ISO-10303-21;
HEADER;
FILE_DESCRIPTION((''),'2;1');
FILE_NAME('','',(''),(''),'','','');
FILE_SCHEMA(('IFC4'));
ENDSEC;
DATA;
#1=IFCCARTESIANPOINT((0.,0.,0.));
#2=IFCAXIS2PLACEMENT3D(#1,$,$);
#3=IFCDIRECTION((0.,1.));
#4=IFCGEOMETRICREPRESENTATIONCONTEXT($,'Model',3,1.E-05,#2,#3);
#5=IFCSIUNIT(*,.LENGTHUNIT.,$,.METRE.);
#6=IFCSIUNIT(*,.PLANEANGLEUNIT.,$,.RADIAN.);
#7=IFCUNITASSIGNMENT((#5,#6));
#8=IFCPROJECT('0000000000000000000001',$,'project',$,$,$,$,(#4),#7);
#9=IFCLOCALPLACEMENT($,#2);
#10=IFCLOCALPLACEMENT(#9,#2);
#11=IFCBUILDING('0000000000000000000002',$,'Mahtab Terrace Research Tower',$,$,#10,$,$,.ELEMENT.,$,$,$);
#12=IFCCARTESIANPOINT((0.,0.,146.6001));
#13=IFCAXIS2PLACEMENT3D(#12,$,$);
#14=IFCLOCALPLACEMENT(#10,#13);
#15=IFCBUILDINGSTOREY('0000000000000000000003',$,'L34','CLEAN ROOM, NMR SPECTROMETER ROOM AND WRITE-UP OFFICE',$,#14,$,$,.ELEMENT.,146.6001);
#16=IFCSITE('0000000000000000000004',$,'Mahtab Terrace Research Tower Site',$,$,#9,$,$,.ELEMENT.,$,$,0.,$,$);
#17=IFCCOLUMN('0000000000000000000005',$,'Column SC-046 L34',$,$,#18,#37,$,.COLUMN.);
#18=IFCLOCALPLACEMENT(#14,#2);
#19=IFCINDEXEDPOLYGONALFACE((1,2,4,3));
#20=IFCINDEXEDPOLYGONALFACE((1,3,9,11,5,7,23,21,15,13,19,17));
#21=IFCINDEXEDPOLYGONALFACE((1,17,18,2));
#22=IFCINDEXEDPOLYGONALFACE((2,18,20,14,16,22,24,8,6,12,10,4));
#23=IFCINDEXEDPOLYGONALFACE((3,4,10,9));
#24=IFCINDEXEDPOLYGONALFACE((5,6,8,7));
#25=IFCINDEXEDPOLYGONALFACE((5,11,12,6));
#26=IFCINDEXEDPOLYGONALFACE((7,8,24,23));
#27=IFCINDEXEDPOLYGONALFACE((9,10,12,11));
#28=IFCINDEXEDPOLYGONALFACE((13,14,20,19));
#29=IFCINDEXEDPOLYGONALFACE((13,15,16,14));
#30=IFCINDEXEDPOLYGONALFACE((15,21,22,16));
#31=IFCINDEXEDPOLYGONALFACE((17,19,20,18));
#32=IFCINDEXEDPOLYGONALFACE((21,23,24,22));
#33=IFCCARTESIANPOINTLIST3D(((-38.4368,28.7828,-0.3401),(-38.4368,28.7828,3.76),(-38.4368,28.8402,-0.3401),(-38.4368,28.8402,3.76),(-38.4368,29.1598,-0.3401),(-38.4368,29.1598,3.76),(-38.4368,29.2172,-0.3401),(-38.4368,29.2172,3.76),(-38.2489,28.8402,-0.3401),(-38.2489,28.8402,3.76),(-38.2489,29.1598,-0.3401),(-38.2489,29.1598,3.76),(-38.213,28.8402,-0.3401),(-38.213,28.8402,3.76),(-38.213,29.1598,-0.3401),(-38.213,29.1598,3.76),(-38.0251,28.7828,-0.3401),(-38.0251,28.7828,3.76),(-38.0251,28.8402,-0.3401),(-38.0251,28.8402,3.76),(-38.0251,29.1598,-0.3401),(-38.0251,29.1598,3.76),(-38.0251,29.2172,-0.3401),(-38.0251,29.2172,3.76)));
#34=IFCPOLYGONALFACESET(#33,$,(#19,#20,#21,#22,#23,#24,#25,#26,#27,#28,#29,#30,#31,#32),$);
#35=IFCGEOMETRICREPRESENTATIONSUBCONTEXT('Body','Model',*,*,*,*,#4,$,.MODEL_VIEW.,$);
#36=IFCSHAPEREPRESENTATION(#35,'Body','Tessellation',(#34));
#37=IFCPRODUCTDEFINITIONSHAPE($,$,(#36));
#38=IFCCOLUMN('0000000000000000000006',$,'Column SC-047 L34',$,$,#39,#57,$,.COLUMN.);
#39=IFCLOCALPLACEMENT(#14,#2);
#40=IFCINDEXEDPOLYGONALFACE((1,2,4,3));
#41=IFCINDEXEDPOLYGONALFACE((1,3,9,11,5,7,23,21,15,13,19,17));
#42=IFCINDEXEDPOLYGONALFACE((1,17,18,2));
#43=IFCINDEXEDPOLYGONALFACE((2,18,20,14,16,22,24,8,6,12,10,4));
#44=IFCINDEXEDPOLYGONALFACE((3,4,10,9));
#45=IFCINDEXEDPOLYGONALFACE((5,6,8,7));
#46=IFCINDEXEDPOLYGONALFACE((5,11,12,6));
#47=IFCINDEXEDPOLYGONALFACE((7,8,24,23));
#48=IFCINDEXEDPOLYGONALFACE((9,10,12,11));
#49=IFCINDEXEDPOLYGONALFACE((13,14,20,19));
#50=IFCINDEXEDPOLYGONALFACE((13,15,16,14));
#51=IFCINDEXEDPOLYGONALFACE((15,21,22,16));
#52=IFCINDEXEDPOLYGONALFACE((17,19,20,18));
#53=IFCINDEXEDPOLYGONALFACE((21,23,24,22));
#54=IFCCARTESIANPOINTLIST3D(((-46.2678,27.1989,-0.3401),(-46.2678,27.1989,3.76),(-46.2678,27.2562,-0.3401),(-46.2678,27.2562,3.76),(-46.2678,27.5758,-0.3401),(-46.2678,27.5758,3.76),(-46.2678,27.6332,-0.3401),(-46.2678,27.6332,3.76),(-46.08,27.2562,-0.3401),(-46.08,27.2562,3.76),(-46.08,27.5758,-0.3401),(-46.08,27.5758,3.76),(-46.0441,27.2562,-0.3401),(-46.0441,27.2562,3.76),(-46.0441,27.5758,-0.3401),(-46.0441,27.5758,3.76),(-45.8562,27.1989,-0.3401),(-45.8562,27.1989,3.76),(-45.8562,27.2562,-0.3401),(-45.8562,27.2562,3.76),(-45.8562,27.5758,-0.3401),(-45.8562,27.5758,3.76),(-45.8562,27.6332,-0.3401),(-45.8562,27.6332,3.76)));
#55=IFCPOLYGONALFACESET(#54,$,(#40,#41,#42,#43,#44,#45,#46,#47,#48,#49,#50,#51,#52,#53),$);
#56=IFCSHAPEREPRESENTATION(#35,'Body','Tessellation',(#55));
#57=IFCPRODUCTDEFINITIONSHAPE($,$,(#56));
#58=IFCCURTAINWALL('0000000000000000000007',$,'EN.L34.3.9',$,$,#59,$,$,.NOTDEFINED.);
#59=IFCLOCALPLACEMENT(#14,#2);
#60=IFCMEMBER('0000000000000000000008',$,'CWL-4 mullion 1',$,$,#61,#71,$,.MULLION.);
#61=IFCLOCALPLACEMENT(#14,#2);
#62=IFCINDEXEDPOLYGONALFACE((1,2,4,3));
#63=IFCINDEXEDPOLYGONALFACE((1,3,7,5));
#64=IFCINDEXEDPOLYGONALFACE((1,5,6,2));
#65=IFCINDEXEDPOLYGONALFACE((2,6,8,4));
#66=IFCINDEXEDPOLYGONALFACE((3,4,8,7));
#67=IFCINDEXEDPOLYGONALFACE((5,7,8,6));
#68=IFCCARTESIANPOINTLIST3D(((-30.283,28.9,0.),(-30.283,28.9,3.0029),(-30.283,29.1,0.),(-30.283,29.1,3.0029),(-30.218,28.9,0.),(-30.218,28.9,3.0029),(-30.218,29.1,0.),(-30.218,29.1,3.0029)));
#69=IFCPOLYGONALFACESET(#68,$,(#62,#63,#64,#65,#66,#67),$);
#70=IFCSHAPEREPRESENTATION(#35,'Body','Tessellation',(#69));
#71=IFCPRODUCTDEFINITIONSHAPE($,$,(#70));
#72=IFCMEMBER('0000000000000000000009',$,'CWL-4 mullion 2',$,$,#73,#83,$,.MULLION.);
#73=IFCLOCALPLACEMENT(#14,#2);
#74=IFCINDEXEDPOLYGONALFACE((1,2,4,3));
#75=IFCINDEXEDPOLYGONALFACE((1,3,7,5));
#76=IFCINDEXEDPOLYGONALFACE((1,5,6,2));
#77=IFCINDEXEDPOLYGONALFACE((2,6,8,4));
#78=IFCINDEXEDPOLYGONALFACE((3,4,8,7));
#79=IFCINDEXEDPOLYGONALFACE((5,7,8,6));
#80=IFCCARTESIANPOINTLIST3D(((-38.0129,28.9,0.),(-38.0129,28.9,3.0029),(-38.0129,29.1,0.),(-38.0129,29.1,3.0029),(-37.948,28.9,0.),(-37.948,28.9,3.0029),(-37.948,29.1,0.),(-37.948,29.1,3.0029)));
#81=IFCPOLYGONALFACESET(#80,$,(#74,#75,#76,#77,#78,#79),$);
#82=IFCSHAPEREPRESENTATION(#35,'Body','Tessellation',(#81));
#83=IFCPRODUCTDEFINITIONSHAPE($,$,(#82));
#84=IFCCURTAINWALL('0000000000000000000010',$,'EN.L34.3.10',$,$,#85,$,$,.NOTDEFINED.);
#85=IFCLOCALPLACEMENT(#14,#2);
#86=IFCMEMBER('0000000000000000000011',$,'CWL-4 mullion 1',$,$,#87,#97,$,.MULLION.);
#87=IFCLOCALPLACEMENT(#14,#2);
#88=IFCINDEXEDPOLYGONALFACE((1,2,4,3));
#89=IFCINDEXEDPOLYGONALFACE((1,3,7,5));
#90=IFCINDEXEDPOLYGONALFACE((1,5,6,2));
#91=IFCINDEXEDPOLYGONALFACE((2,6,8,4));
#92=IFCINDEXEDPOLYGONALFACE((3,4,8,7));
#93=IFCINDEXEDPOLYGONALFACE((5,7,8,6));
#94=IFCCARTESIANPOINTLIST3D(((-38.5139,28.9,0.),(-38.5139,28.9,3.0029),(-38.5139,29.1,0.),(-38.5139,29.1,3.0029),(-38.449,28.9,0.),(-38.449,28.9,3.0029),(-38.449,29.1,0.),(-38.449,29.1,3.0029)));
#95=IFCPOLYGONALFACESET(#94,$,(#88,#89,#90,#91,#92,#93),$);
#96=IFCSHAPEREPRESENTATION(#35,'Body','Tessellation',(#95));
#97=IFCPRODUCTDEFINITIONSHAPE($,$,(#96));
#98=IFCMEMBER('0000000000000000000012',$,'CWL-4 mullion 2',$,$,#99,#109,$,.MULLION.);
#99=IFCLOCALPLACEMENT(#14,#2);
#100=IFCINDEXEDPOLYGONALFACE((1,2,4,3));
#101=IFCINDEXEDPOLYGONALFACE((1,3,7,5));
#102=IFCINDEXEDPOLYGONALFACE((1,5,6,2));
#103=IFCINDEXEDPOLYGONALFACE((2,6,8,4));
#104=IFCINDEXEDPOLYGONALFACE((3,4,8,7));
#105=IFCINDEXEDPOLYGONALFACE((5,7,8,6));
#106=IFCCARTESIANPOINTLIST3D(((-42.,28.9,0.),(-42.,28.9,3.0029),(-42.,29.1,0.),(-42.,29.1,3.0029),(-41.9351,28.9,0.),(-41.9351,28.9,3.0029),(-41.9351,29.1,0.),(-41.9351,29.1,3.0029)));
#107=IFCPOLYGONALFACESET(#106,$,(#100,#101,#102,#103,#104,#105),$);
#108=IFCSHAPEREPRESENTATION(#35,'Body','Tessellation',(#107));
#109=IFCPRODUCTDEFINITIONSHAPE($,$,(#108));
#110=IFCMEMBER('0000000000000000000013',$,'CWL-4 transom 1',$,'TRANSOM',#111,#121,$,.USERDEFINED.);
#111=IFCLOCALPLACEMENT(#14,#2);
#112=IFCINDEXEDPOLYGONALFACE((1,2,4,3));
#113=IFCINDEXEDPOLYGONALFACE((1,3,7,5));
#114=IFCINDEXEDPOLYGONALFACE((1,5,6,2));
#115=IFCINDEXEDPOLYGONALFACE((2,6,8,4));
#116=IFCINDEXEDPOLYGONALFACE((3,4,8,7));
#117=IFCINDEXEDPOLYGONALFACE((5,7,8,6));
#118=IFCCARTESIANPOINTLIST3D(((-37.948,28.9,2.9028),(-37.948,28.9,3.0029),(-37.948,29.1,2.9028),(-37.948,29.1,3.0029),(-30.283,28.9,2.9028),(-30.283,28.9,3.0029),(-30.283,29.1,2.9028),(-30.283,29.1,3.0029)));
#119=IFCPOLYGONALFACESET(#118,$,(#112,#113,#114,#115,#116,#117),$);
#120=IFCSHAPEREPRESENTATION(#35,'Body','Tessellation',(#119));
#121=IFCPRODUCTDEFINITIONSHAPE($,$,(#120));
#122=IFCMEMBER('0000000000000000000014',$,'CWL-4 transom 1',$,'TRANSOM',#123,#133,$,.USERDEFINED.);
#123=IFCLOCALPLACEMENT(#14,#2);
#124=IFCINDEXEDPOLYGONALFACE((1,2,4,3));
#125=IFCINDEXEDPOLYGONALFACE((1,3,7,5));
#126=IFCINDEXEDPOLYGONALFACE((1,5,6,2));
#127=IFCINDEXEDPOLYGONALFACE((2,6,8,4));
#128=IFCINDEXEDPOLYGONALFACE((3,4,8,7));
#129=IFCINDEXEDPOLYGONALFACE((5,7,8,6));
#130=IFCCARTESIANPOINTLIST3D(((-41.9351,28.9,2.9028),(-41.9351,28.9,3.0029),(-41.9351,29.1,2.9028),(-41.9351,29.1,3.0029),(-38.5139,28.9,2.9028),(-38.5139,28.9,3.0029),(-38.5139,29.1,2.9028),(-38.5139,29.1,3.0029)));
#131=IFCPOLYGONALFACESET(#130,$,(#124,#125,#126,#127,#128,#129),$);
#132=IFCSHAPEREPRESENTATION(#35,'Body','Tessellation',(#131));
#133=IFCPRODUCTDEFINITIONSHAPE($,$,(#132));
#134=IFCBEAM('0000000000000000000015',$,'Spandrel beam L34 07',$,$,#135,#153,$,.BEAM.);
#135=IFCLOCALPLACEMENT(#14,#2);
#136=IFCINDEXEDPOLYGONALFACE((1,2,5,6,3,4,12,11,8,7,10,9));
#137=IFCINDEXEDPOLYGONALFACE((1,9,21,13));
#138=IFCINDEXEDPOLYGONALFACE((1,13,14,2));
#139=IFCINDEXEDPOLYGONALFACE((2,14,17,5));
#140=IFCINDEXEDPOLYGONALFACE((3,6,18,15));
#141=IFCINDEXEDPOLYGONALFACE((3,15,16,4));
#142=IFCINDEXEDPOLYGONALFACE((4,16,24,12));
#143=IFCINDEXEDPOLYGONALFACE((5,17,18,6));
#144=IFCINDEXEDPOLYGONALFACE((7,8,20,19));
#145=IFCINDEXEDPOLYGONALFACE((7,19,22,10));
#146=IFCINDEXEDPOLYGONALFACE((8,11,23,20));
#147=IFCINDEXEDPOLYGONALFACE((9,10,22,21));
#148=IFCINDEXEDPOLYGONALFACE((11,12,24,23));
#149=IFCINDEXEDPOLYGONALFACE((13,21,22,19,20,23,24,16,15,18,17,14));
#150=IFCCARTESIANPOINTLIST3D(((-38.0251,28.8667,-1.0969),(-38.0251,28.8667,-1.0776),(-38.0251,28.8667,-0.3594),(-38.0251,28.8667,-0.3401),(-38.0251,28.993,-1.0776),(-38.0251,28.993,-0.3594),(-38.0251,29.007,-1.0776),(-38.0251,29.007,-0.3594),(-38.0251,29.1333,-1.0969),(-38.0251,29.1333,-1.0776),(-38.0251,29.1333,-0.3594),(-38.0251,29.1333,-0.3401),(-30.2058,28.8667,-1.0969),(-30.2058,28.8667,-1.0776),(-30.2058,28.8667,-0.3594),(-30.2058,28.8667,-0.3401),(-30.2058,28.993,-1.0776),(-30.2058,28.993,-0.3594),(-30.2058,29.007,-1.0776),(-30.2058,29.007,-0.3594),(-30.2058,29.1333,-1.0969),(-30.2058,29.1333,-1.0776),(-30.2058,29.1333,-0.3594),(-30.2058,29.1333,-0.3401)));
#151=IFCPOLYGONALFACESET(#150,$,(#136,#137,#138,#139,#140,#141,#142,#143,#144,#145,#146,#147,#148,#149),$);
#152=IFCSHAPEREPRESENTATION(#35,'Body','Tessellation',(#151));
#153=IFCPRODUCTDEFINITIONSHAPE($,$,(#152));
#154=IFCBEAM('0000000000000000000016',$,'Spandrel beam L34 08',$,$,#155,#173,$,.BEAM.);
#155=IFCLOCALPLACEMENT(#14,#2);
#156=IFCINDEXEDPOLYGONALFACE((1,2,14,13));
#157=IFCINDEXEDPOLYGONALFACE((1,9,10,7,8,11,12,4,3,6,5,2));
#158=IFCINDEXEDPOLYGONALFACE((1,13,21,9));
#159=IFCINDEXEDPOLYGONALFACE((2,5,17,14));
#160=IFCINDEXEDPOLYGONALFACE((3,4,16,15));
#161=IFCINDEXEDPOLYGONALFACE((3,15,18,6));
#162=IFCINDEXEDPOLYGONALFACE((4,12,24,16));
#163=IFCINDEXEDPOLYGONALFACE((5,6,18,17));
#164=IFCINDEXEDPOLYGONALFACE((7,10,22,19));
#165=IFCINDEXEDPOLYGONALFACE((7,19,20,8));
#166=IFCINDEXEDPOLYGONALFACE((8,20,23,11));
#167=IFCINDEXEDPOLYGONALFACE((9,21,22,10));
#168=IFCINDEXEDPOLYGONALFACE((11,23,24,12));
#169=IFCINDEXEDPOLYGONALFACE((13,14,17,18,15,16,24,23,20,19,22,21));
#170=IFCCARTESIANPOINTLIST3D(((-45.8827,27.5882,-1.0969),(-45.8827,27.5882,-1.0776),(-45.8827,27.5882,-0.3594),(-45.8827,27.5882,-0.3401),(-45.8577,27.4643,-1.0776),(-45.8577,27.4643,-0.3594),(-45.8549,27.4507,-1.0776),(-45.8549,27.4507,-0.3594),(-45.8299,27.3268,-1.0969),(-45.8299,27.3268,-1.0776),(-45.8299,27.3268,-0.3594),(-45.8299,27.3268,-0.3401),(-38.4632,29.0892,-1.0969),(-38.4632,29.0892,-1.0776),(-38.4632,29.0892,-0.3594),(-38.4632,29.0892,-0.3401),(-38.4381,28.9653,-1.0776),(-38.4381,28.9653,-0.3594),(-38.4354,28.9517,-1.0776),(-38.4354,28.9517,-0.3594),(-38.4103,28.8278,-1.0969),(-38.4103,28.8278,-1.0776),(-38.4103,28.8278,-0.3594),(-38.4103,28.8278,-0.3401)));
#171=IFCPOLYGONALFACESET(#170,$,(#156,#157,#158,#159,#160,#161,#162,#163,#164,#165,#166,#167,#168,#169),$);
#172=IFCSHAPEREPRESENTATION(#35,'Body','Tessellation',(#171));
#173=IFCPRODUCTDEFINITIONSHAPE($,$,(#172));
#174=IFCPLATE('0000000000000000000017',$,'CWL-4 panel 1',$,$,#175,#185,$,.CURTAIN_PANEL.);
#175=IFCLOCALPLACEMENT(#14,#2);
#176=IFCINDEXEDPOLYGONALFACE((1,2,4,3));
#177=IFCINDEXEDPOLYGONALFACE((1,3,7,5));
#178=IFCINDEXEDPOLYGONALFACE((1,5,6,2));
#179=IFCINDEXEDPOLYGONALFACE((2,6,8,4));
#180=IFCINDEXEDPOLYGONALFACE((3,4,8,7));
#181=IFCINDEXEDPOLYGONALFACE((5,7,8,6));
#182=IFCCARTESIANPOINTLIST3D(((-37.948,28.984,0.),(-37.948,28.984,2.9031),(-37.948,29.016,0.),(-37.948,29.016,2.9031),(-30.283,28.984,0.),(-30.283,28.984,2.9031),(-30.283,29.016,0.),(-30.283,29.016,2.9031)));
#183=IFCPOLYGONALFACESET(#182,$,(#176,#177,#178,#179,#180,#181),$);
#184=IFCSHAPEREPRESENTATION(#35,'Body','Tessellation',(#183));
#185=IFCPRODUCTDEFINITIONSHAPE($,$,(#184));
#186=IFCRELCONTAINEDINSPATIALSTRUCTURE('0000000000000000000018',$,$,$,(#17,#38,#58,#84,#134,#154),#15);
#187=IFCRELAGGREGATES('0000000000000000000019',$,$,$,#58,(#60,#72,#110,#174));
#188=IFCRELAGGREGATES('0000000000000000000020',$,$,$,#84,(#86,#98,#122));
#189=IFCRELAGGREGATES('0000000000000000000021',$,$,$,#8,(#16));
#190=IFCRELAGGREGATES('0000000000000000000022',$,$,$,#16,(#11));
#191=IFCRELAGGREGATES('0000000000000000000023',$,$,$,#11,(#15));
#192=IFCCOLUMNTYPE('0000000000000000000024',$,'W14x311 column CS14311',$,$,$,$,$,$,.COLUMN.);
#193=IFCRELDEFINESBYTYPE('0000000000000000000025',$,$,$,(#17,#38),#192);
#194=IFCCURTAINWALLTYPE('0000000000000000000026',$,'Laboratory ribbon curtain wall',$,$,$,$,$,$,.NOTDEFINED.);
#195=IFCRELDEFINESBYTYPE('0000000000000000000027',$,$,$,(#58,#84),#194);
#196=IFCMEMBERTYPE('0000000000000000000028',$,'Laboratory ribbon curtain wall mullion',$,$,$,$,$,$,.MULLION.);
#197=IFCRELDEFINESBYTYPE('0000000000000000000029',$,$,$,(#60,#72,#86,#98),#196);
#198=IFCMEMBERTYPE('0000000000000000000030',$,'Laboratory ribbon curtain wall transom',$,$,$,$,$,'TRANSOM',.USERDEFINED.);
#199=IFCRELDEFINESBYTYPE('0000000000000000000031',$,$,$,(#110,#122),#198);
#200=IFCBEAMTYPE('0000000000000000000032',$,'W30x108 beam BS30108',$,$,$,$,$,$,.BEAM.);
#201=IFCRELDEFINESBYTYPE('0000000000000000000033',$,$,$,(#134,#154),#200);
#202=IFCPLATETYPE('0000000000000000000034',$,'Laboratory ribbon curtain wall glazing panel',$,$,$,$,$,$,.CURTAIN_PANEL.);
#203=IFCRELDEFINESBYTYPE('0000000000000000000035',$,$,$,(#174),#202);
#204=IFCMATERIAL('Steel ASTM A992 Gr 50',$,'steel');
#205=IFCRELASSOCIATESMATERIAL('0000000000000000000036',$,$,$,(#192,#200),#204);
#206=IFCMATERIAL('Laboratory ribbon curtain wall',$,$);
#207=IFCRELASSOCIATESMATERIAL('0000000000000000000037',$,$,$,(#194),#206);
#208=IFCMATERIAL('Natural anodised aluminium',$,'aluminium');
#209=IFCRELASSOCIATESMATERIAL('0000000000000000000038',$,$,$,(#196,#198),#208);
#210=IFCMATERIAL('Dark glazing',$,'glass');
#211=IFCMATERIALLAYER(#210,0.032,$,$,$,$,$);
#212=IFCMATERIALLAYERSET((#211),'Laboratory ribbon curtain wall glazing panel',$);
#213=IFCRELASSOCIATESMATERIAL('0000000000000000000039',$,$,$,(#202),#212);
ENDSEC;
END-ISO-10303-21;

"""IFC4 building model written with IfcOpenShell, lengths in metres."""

from ifc_helpers import new_model, si_unit, direction, frame, origin, origin_2d, place, context, subcontext, project, spatial, rectangle, i_section, extrude, material, layer, layer_set, material_profile, profile_set, type_object, element, aggregate, save


model = new_model("IFC4")

# Units and contexts
model_context = context("Model", 3, precision=1e-05, world=origin(), true_north=direction((0.0, 1.0)))
body_context = subcontext(model_context, "Body", "Model", "MODEL_VIEW")
ifc_project = project(units=[si_unit("LENGTHUNIT", "METRE"), si_unit("PLANEANGLEUNIT", "RADIAN")], contexts=[model_context])

# Site, building, storey
site_placement = place(None, origin())
site = spatial("IfcSite", under=ifc_project, at=site_placement, Name="Mahtab Terrace Research Tower Site", CompositionType="ELEMENT", RefElevation=0.0)
building_placement = place(site_placement, origin())
building = spatial("IfcBuilding", under=site, at=building_placement, Name="Mahtab Terrace Research Tower", CompositionType="ELEMENT")
storey_placement = place(building_placement, frame((0.0, 0.0, 146.6001)))
storey = spatial("IfcBuildingStorey", under=building, at=storey_placement, Name="L34", Description="CLEAN ROOM, NMR SPECTROMETER ROOM AND WRITE-UP OFFICE", CompositionType="ELEMENT", Elevation=146.6001)

# Columns
ifc_material_1 = material(Name="Steel ASTM A992 Gr 50", Category="steel")
ifc_material_profile_1 = material_profile(ifc_material_1, i_section(OverallWidth=0.4116, OverallDepth=0.4343, WebThickness=0.0359, FlangeThickness=0.0574, at=origin_2d()), Name="W14X311")
ifc_profile_set_1 = profile_set([ifc_material_profile_1], Name="Steel ASTM A992 Gr 50")
column_type = type_object("IfcColumnType", Name="W14x311 column CS14311", PredefinedType="COLUMN", material=ifc_profile_set_1)
for number, where, z_axis, x_axis, name in (
    (1, (-38.231, 29.0, -0.3401), (0.0, 0.0, 1.0), (1.0, 0.0, 0.0), "Column SC-046 L34"),
    (2, (-46.062, 27.416, -0.3401), (0.0, 0.0, 1.0), (1.0, 0.0, 0.0), "Column SC-047 L34"),
):
    element("IfcColumn", number, at=place(storey_placement, frame(where, z_axis=z_axis, x_axis=x_axis)), inside=storey, type_object=column_type, Name=name, PredefinedType="COLUMN", context=body_context, shape_type="SweptSolid", body=[
        extrude(i_section(OverallWidth=0.4116, OverallDepth=0.4343, WebThickness=0.0359, FlangeThickness=0.0574, at=origin_2d()), origin(), (0.0, 0.0, 1.0), 4.1001),
    ])

# Curtain walls, members
ifc_material_2 = material(Name="Laboratory ribbon curtain wall")
curtain_wall_type = type_object("IfcCurtainWallType", Name="Laboratory ribbon curtain wall", PredefinedType="NOTDEFINED", material=ifc_material_2)
curtain_wall_1_placement = place(storey_placement, origin())
curtain_wall_1 = element("IfcCurtainWall", 3, at=curtain_wall_1_placement, inside=storey, type_object=curtain_wall_type, Name="EN.L34.3.9", PredefinedType="NOTDEFINED")
ifc_material_3 = material(Name="Natural anodised aluminium", Category="aluminium")
ifc_material_profile_2 = material_profile(ifc_material_3, rectangle(XDim=0.2, YDim=0.0649, at=origin_2d()), Name="MULLION 65x200")
ifc_profile_set_2 = profile_set([ifc_material_profile_2], Name="Natural anodised aluminium")
member_type_1 = type_object("IfcMemberType", Name="Laboratory ribbon curtain wall mullion", PredefinedType="MULLION", material=ifc_profile_set_2)
member_1_placement = place(storey_placement, frame((-30.2505, 29.0, 0.0), z_axis=(0.0, 0.0, 1.0), x_axis=(0.0, -1.0, 0.0)))
member_1 = element("IfcMember", 4, at=member_1_placement, type_object=member_type_1, Name="CWL-4 mullion 1", PredefinedType="MULLION", context=body_context, shape_type="SweptSolid", body=[
    extrude(rectangle(XDim=0.2, YDim=0.0649, at=origin_2d()), origin(), (0.0, 0.0, 1.0), 3.0029),
])
member_2_placement = place(storey_placement, frame((-37.9805, 29.0, 0.0), z_axis=(0.0, 0.0, 1.0), x_axis=(0.0, -1.0, 0.0)))
member_2 = element("IfcMember", 5, at=member_2_placement, type_object=member_type_1, Name="CWL-4 mullion 2", PredefinedType="MULLION", context=body_context, shape_type="SweptSolid", body=[
    extrude(rectangle(XDim=0.2, YDim=0.0649, at=origin_2d()), origin(), (0.0, 0.0, 1.0), 3.0029),
])
curtain_wall_2_placement = place(storey_placement, origin())
curtain_wall_2 = element("IfcCurtainWall", 6, at=curtain_wall_2_placement, inside=storey, type_object=curtain_wall_type, Name="EN.L34.3.10", PredefinedType="NOTDEFINED")
member_3_placement = place(storey_placement, frame((-38.4814, 29.0, 0.0), z_axis=(0.0, 0.0, 1.0), x_axis=(0.0, -1.0, 0.0)))
member_3 = element("IfcMember", 7, at=member_3_placement, type_object=member_type_1, Name="CWL-4 mullion 1", PredefinedType="MULLION", context=body_context, shape_type="SweptSolid", body=[
    extrude(rectangle(XDim=0.2, YDim=0.0649, at=origin_2d()), origin(), (0.0, 0.0, 1.0), 3.0029),
])
member_4_placement = place(storey_placement, frame((-41.9675, 29.0, 0.0), z_axis=(0.0, 0.0, 1.0), x_axis=(0.0, -1.0, 0.0)))
member_4 = element("IfcMember", 8, at=member_4_placement, type_object=member_type_1, Name="CWL-4 mullion 2", PredefinedType="MULLION", context=body_context, shape_type="SweptSolid", body=[
    extrude(rectangle(XDim=0.2, YDim=0.0649, at=origin_2d()), origin(), (0.0, 0.0, 1.0), 3.0029),
])

# Members
ifc_material_profile_3 = material_profile(ifc_material_3, rectangle(XDim=0.2, YDim=0.1001, at=origin_2d()), Name="TRANSOM 100x200")
ifc_profile_set_3 = profile_set([ifc_material_profile_3], Name="Natural anodised aluminium")
member_type_2 = type_object("IfcMemberType", Name="Laboratory ribbon curtain wall transom", ElementType="TRANSOM", PredefinedType="USERDEFINED", material=ifc_profile_set_3)
member_5_placement = place(storey_placement, frame((-30.283, 29.0, 2.9529), z_axis=(-1.0, 0.0, 0.0), x_axis=(0.0, -1.0, 0.0)))
member_5 = element("IfcMember", 9, at=member_5_placement, type_object=member_type_2, Name="CWL-4 transom 1", ObjectType="TRANSOM", PredefinedType="USERDEFINED", context=body_context, shape_type="SweptSolid", body=[
    extrude(rectangle(XDim=0.2, YDim=0.1001, at=origin_2d()), origin(), (0.0, 0.0, 1.0), 7.665),
])
member_6_placement = place(storey_placement, frame((-38.5139, 29.0, 2.9529), z_axis=(-1.0, 0.0, 0.0), x_axis=(0.0, -1.0, 0.0)))
member_6 = element("IfcMember", 10, at=member_6_placement, type_object=member_type_2, Name="CWL-4 transom 1", ObjectType="TRANSOM", PredefinedType="USERDEFINED", context=body_context, shape_type="SweptSolid", body=[
    extrude(rectangle(XDim=0.2, YDim=0.1001, at=origin_2d()), origin(), (0.0, 0.0, 1.0), 3.4211),
])

# Beams
ifc_material_profile_4 = material_profile(ifc_material_1, i_section(OverallWidth=0.2666, OverallDepth=0.7568, WebThickness=0.0139, FlangeThickness=0.0193, at=origin_2d()), Name="W30X108")
ifc_profile_set_4 = profile_set([ifc_material_profile_4], Name="Steel ASTM A992 Gr 50")
beam_type = type_object("IfcBeamType", Name="W30x108 beam BS30108", PredefinedType="BEAM", material=ifc_profile_set_4)
beam_1_placement = place(storey_placement, frame((-30.2058, 29.0, -0.7185), z_axis=(-1.0, 0.0, 0.0), x_axis=(0.0, -1.0, 0.0)))
element("IfcBeam", 11, at=beam_1_placement, inside=storey, type_object=beam_type, Name="Spandrel beam L34 07", PredefinedType="BEAM", context=body_context, shape_type="SweptSolid", body=[
    extrude(i_section(OverallWidth=0.2666, OverallDepth=0.7568, WebThickness=0.0139, FlangeThickness=0.0193, at=origin_2d()), origin(), (0.0, 0.0, 1.0), 7.8193),
])
beam_2_placement = place(storey_placement, frame((-38.4368, 28.9585, -0.7185), z_axis=(-0.980144, -0.198286, 0.0), x_axis=(0.198286, -0.980144, 0.0)))
element("IfcBeam", 12, at=beam_2_placement, inside=storey, type_object=beam_type, Name="Spandrel beam L34 08", PredefinedType="BEAM", context=body_context, shape_type="SweptSolid", body=[
    extrude(i_section(OverallWidth=0.2666, OverallDepth=0.7568, WebThickness=0.0139, FlangeThickness=0.0193, at=origin_2d()), origin(), (0.0, 0.0, 1.0), 7.5698),
])

# Plate
ifc_material_4 = material(Name="Dark glazing", Category="glass")
ifc_layer_1 = layer(ifc_material_4, 0.032)
ifc_layer_set_1 = layer_set([ifc_layer_1], Name="Laboratory ribbon curtain wall glazing panel")
plate_type = type_object("IfcPlateType", Name="Laboratory ribbon curtain wall glazing panel", PredefinedType="CURTAIN_PANEL", material=ifc_layer_set_1)
plate_1_placement = place(storey_placement, frame((-34.1155, 29.0, 0.0), z_axis=(0.0, 0.0, 1.0), x_axis=(-1.0, 0.0, 0.0)))
plate_1 = element("IfcPlate", 13, at=plate_1_placement, type_object=plate_type, Name="CWL-4 panel 1", PredefinedType="CURTAIN_PANEL", context=body_context, shape_type="SweptSolid", body=[
    extrude(rectangle(XDim=7.665, YDim=0.032, at=origin_2d()), origin(), (0.0, 0.0, 1.0), 2.9031),
])
aggregate(curtain_wall_1, [member_1, member_2, member_5, plate_1])
aggregate(curtain_wall_2, [member_3, member_4, member_6])

save(model, "model.ifc")
